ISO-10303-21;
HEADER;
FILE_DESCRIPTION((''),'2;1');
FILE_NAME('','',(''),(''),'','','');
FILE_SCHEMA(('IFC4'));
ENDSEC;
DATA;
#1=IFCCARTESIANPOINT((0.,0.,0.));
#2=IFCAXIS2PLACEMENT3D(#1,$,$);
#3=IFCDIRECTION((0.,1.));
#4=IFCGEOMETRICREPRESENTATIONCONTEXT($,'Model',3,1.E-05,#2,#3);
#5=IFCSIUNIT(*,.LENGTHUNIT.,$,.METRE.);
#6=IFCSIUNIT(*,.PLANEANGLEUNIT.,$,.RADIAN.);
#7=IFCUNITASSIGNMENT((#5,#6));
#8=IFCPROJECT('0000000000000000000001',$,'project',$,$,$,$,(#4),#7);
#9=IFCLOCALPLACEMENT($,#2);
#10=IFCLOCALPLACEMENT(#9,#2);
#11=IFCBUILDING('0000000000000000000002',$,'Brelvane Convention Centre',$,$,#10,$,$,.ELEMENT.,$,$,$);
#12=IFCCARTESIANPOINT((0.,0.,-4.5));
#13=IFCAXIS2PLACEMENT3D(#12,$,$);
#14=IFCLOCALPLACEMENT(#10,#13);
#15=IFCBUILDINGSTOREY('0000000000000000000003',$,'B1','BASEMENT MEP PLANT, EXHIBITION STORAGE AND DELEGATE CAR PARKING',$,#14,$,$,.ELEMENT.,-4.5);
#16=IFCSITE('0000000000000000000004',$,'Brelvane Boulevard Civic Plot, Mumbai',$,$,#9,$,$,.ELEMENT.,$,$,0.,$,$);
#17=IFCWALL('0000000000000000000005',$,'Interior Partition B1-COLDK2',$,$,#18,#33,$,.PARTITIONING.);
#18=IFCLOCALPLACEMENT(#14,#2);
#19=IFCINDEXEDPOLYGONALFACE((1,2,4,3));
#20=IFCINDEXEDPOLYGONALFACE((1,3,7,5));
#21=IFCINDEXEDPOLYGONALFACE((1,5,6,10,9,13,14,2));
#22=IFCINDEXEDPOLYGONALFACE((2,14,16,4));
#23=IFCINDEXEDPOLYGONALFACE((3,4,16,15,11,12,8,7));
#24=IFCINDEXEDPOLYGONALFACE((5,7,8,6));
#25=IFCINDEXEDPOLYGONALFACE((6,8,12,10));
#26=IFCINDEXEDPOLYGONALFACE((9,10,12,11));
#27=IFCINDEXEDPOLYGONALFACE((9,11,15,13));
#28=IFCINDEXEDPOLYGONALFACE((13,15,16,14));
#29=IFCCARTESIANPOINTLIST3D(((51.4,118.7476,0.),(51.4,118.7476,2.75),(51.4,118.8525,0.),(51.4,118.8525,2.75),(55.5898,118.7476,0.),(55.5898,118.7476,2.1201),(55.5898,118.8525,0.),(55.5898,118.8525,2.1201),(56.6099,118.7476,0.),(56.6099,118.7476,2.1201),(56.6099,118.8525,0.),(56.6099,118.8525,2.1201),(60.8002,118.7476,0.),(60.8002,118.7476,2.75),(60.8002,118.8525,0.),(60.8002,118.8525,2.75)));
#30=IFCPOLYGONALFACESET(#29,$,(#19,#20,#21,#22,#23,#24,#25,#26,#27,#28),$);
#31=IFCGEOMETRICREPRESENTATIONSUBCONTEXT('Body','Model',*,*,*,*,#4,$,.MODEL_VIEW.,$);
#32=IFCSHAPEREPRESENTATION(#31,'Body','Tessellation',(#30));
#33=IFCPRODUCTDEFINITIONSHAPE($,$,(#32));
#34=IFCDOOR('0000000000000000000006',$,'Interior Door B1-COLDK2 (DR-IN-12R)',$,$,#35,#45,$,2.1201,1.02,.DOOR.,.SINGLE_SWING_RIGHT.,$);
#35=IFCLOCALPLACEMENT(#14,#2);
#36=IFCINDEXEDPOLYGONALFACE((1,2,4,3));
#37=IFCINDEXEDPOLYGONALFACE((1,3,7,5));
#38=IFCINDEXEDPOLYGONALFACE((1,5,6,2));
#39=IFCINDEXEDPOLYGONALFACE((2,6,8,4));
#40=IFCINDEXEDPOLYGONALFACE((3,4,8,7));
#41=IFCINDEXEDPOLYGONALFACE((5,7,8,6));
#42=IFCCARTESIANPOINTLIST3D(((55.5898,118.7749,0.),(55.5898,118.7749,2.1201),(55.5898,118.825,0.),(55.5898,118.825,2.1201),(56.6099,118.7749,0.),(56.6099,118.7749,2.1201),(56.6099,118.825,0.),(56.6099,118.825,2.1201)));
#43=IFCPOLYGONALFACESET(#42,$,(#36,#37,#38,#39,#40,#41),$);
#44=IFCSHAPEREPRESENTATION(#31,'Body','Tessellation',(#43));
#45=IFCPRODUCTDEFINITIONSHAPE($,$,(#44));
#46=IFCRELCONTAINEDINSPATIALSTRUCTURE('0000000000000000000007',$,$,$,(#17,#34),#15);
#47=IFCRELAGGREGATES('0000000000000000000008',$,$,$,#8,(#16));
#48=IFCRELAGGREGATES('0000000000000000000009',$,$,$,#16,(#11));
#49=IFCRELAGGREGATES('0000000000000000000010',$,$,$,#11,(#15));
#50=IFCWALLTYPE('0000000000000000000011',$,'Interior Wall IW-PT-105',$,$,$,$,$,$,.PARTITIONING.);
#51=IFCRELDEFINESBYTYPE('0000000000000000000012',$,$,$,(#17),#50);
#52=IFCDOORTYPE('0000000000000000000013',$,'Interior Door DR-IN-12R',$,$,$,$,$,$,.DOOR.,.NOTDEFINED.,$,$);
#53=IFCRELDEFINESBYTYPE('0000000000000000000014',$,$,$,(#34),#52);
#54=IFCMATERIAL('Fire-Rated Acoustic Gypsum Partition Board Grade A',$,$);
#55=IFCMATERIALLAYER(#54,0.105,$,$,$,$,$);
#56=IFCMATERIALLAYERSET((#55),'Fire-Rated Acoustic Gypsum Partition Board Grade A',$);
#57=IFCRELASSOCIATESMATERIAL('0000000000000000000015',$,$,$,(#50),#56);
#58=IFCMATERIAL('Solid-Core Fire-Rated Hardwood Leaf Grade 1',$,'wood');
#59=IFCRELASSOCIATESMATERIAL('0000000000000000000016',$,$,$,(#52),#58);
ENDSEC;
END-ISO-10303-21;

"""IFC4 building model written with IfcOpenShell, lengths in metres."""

from ifc_helpers import new_model, si_unit, direction, frame, frame_2d, origin, place, context, subcontext, project, spatial, rectangle, extrude, material, layer, layer_set, type_object, element, fill, save


model = new_model("IFC4")

# Units and contexts
model_context = context("Model", 3, precision=1e-05, world=origin(), true_north=direction((0.0, 1.0)))
body_context = subcontext(model_context, "Body", "Model", "MODEL_VIEW")
ifc_project = project(units=[si_unit("LENGTHUNIT", "METRE"), si_unit("PLANEANGLEUNIT", "RADIAN")], contexts=[model_context])

# Site, building, storey
site_placement = place(None, origin())
site = spatial("IfcSite", under=ifc_project, at=site_placement, Name="Brelvane Boulevard Civic Plot, Mumbai", CompositionType="ELEMENT", RefElevation=0.0)
building_placement = place(site_placement, origin())
building = spatial("IfcBuilding", under=site, at=building_placement, Name="Brelvane Convention Centre", CompositionType="ELEMENT")
storey_placement = place(building_placement, frame((0.0, 0.0, -4.5)))
storey = spatial("IfcBuildingStorey", under=building, at=storey_placement, Name="B1", Description="BASEMENT MEP PLANT, EXHIBITION STORAGE AND DELEGATE CAR PARKING", CompositionType="ELEMENT", Elevation=-4.5)

# Wall, opening, door
ifc_material_1 = material(Name="Fire-Rated Acoustic Gypsum Partition Board Grade A")
ifc_layer = layer(ifc_material_1, 0.105)
ifc_layer_set = layer_set([ifc_layer], Name="Fire-Rated Acoustic Gypsum Partition Board Grade A")
wall_type = type_object("IfcWallType", Name="Interior Wall IW-PT-105", PredefinedType="PARTITIONING", material=ifc_layer_set)
wall_placement = place(storey_placement, frame((51.3999, 118.8, 0.0), z_axis=(0.0, 0.0, 1.0), x_axis=(1.0, 0.0, 0.0)))
wall = element("IfcWall", 1, at=wall_placement, inside=storey, type_object=wall_type, Name="Interior Partition B1-COLDK2", PredefinedType="PARTITIONING", context=body_context, shape_type="SweptSolid", body=[
    extrude(rectangle(XDim=9.4001, YDim=0.105, at=frame_2d((4.7002, 0.0))), origin(), (0.0, 0.0, 1.0), 2.75),
])
opening_placement = place(wall_placement, frame((4.1899, 0.0, 0.0)))
opening = element("IfcOpeningElement", 2, at=opening_placement, cuts=wall, PredefinedType="OPENING", context=body_context, shape_type="SweptSolid", body=[
    extrude(rectangle(XDim=1.02, YDim=2.1201, at=frame_2d((0.51, 1.0601))), frame((0.0, 0.0625, 0.0), z_axis=(0.0, -1.0, 0.0), x_axis=(1.0, 0.0, 0.0)), (0.0, 0.0, 1.0), 0.125),
])
ifc_material_2 = material(Name="Solid-Core Fire-Rated Hardwood Leaf Grade 1", Category="wood")
door_type = type_object("IfcDoorType", Name="Interior Door DR-IN-12R", OperationType="NOTDEFINED", PredefinedType="DOOR", material=ifc_material_2)
door_placement = place(opening_placement, origin())
door = element("IfcDoor", 3, at=door_placement, inside=storey, type_object=door_type, Name="Interior Door B1-COLDK2 (DR-IN-12R)", OperationType="SINGLE_SWING_RIGHT", OverallHeight=2.1201, OverallWidth=1.02, PredefinedType="DOOR", context=body_context, shape_type="SweptSolid", body=[
    extrude(rectangle(XDim=1.02, YDim=2.1201, at=frame_2d((0.51, 1.0601))), frame((0.0, 0.0249, 0.0), z_axis=(0.0, -1.0, 0.0), x_axis=(1.0, 0.0, 0.0)), (0.0, 0.0, 1.0), 0.05),
])
fill(opening, door)

save(model, "model.ifc")
